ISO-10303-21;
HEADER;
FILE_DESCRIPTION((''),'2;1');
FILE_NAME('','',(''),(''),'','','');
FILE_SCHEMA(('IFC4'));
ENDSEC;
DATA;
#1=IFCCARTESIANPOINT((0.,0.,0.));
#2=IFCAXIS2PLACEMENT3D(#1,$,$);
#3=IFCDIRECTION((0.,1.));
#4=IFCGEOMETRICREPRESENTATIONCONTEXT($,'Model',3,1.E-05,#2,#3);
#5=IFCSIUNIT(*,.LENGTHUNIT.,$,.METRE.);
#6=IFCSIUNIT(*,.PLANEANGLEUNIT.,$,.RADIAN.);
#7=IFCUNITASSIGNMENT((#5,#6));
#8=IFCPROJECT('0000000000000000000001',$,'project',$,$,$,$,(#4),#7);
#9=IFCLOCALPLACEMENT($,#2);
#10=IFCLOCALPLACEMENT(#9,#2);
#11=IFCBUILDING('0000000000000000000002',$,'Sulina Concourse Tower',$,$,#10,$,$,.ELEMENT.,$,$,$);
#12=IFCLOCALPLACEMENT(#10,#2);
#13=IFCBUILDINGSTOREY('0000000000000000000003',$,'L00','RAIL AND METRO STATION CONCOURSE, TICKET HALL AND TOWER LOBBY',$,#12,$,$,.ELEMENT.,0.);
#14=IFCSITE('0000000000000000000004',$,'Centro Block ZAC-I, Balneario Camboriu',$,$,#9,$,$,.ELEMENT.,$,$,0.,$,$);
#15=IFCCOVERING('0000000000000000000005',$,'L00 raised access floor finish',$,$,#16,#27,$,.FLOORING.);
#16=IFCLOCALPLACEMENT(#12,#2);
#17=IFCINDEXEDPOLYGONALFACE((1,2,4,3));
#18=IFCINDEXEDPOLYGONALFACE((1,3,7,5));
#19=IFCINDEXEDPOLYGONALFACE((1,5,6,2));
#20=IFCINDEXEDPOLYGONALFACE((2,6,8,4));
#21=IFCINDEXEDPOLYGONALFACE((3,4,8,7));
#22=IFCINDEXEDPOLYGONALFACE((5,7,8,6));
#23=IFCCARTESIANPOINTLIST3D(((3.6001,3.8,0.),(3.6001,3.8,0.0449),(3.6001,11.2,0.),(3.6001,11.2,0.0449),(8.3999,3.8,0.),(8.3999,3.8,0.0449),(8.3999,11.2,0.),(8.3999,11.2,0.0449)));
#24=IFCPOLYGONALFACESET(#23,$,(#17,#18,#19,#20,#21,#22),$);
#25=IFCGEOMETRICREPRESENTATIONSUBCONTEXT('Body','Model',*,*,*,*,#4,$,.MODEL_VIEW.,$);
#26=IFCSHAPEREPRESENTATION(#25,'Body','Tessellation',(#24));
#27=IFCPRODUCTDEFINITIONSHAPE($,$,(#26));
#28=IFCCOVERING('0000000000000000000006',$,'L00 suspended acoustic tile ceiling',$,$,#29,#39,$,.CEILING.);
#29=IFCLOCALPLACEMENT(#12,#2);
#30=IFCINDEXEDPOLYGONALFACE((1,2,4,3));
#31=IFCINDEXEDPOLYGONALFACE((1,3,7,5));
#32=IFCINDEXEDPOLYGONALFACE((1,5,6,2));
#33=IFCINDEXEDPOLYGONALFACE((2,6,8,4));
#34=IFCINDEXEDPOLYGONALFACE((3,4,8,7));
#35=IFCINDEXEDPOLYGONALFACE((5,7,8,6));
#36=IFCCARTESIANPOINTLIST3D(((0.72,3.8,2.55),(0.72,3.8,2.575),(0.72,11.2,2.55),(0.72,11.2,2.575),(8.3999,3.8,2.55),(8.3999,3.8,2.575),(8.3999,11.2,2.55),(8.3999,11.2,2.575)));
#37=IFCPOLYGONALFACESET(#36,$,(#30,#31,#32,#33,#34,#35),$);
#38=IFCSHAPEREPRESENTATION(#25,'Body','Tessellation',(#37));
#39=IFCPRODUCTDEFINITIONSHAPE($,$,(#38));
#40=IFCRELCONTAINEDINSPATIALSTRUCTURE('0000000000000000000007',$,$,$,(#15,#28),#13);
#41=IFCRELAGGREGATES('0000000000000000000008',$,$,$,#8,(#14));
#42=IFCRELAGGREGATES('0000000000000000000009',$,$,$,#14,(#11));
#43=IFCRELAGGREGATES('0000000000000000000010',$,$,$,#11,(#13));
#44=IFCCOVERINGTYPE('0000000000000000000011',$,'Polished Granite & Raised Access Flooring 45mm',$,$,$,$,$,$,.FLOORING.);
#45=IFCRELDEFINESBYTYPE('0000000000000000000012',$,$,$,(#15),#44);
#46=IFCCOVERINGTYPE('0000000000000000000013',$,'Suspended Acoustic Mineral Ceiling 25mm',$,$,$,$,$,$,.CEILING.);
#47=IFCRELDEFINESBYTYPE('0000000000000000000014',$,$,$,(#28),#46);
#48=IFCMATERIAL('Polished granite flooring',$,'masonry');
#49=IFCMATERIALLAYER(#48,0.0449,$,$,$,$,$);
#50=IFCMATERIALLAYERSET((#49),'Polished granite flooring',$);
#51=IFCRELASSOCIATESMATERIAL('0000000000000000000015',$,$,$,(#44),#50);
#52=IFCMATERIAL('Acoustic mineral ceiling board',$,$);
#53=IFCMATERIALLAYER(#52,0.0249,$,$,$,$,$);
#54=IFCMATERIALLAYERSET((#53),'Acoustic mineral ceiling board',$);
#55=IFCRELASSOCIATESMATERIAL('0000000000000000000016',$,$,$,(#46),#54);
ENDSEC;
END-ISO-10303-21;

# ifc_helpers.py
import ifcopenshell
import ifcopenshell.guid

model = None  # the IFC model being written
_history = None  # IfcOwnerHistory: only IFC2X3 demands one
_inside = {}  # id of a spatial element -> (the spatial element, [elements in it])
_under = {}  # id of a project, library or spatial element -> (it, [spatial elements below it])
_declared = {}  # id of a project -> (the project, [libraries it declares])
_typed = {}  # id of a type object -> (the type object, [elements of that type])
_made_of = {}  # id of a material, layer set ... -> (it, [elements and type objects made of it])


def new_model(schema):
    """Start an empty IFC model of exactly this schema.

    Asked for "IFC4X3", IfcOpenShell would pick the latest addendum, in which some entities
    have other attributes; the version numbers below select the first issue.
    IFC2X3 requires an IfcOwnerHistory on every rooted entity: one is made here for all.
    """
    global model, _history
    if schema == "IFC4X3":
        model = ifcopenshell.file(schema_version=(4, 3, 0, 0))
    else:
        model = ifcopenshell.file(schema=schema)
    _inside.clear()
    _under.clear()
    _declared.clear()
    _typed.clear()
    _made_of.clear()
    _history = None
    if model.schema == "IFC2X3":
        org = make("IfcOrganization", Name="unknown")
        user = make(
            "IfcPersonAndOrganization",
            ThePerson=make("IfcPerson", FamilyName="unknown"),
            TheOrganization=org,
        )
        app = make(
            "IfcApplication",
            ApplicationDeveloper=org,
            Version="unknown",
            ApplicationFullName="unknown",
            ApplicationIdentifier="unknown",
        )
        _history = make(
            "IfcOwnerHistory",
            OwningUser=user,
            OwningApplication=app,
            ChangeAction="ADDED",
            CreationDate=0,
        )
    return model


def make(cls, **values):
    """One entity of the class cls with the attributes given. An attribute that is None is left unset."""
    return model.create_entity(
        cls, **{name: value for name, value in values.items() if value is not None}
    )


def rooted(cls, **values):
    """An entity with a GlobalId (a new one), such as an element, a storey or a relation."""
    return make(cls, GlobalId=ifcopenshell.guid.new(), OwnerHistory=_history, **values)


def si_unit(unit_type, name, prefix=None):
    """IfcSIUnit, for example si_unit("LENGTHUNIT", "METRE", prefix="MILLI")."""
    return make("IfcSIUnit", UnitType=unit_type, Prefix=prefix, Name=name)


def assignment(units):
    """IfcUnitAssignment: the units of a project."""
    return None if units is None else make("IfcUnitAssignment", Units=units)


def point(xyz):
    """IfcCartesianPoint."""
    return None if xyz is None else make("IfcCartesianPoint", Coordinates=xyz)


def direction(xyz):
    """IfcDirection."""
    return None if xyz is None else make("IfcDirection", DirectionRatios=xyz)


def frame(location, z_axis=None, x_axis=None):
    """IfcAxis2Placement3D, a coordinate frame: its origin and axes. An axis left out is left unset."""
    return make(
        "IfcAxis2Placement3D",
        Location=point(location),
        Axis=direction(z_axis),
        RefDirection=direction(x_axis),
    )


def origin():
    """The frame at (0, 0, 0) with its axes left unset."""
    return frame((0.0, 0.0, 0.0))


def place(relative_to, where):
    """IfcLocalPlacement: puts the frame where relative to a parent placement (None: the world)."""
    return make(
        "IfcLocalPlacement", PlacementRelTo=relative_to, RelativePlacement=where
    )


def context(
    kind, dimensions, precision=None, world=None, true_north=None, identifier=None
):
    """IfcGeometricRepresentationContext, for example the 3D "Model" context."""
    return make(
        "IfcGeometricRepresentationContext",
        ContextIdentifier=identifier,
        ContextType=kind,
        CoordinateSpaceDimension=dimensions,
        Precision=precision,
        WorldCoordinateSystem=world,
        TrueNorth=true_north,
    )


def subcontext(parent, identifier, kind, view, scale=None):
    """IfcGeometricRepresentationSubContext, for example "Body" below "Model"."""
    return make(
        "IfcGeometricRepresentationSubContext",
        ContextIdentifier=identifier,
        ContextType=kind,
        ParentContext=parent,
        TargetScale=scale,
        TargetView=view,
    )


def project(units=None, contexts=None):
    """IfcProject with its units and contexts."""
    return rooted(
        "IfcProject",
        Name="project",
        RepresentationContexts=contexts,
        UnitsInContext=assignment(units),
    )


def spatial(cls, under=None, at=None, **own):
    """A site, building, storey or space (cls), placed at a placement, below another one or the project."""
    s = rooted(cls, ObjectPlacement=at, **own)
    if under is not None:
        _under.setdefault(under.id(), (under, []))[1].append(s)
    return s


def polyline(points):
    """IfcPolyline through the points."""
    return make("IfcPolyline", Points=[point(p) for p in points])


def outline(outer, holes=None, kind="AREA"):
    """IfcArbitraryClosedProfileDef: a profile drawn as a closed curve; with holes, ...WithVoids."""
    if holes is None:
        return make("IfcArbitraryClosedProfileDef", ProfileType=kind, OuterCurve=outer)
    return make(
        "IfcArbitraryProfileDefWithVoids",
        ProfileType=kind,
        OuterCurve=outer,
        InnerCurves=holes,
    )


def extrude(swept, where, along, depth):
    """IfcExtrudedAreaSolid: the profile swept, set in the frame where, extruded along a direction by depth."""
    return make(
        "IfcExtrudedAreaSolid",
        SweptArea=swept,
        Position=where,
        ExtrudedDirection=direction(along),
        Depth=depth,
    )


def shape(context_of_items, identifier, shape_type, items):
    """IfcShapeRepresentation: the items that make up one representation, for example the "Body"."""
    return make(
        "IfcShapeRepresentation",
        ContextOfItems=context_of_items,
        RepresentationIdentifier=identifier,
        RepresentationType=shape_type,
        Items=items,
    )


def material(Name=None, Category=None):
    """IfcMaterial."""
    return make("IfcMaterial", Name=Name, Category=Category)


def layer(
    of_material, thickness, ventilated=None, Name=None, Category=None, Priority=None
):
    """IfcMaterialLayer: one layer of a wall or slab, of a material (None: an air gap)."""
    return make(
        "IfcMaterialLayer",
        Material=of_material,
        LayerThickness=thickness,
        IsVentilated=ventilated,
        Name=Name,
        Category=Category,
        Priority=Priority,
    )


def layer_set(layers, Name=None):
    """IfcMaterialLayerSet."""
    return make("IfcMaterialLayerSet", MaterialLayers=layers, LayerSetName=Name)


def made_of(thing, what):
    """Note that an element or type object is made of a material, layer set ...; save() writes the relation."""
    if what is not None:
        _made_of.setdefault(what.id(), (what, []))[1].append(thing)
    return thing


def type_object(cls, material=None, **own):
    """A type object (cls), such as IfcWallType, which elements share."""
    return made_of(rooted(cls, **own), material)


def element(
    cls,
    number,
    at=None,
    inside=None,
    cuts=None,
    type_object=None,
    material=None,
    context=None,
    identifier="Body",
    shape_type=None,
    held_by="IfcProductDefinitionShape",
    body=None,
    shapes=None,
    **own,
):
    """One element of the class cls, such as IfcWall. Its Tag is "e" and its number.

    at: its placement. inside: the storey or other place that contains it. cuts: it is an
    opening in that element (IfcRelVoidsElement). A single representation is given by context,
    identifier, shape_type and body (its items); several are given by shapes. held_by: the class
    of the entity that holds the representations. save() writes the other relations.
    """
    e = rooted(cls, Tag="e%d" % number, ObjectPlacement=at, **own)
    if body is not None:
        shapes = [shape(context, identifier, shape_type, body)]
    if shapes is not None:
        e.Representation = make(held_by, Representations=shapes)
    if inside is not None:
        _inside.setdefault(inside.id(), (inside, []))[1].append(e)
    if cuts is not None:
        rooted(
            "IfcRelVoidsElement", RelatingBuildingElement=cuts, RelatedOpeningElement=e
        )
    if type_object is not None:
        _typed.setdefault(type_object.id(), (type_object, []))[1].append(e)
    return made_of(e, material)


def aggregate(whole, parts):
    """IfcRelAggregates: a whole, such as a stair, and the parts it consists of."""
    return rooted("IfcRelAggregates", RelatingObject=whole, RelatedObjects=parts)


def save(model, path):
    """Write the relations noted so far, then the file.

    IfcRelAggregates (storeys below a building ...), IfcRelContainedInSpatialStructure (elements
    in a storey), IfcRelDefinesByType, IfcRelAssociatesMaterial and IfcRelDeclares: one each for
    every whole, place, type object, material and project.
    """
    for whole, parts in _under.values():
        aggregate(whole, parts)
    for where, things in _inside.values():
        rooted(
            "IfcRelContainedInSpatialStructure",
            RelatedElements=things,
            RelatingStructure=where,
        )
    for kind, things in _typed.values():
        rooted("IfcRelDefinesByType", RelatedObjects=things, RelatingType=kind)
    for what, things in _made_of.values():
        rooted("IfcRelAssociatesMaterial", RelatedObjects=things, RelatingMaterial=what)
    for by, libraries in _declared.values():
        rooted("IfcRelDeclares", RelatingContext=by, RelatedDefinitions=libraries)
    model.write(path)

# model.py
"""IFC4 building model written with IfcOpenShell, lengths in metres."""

from ifc_helpers import new_model, si_unit, direction, frame, origin, place, context, subcontext, project, spatial, polyline, outline, extrude, material, layer, layer_set, type_object, element, save


model = new_model("IFC4")

# Units and contexts
model_context = context("Model", 3, precision=1e-05, world=origin(), true_north=direction((0.0, 1.0)))
body_context = subcontext(model_context, "Body", "Model", "MODEL_VIEW")
ifc_project = project(units=[si_unit("LENGTHUNIT", "METRE"), si_unit("PLANEANGLEUNIT", "RADIAN")], contexts=[model_context])

# Site, building, storey
site_placement = place(None, origin())
site = spatial("IfcSite", under=ifc_project, at=site_placement, Name="Centro Block ZAC-I, Balneario Camboriu", CompositionType="ELEMENT", RefElevation=0.0)
building_placement = place(site_placement, origin())
building = spatial("IfcBuilding", under=site, at=building_placement, Name="Sulina Concourse Tower", CompositionType="ELEMENT")
storey_placement = place(building_placement, origin())
storey = spatial("IfcBuildingStorey", under=building, at=storey_placement, Name="L00", Description="RAIL AND METRO STATION CONCOURSE, TICKET HALL AND TOWER LOBBY", CompositionType="ELEMENT", Elevation=0.0)

# Coverings
ifc_material_1 = material(Name="Polished granite flooring", Category="masonry")
ifc_layer_1 = layer(ifc_material_1, 0.0449)
ifc_layer_set_1 = layer_set([ifc_layer_1], Name="Polished granite flooring")
covering_type_1 = type_object("IfcCoveringType", Name="Polished Granite & Raised Access Flooring 45mm", PredefinedType="FLOORING", material=ifc_layer_set_1)
covering_1_placement = place(storey_placement, origin())
element("IfcCovering", 1, at=covering_1_placement, inside=storey, type_object=covering_type_1, Name="L00 raised access floor finish", PredefinedType="FLOORING", context=body_context, shape_type="SweptSolid", body=[
    extrude(outline(polyline([(3.6001, 3.8), (8.3999, 3.8), (8.3999, 11.2), (3.6001, 11.2), (3.6001, 3.8)])), origin(), (0.0, 0.0, 1.0), 0.0449),
])
ifc_material_2 = material(Name="Acoustic mineral ceiling board")
ifc_layer_2 = layer(ifc_material_2, 0.0249)
ifc_layer_set_2 = layer_set([ifc_layer_2], Name="Acoustic mineral ceiling board")
covering_type_2 = type_object("IfcCoveringType", Name="Suspended Acoustic Mineral Ceiling 25mm", PredefinedType="CEILING", material=ifc_layer_set_2)
covering_2_placement = place(storey_placement, frame((0.0, 0.0, 2.55)))
element("IfcCovering", 2, at=covering_2_placement, inside=storey, type_object=covering_type_2, Name="L00 suspended acoustic tile ceiling", PredefinedType="CEILING", context=body_context, shape_type="SweptSolid", body=[
    extrude(outline(polyline([(0.72, 3.8), (8.3999, 3.8), (8.3999, 11.2), (0.72, 11.2), (0.72, 3.8)])), origin(), (0.0, 0.0, 1.0), 0.0249),
])

save(model, "model.ifc")
